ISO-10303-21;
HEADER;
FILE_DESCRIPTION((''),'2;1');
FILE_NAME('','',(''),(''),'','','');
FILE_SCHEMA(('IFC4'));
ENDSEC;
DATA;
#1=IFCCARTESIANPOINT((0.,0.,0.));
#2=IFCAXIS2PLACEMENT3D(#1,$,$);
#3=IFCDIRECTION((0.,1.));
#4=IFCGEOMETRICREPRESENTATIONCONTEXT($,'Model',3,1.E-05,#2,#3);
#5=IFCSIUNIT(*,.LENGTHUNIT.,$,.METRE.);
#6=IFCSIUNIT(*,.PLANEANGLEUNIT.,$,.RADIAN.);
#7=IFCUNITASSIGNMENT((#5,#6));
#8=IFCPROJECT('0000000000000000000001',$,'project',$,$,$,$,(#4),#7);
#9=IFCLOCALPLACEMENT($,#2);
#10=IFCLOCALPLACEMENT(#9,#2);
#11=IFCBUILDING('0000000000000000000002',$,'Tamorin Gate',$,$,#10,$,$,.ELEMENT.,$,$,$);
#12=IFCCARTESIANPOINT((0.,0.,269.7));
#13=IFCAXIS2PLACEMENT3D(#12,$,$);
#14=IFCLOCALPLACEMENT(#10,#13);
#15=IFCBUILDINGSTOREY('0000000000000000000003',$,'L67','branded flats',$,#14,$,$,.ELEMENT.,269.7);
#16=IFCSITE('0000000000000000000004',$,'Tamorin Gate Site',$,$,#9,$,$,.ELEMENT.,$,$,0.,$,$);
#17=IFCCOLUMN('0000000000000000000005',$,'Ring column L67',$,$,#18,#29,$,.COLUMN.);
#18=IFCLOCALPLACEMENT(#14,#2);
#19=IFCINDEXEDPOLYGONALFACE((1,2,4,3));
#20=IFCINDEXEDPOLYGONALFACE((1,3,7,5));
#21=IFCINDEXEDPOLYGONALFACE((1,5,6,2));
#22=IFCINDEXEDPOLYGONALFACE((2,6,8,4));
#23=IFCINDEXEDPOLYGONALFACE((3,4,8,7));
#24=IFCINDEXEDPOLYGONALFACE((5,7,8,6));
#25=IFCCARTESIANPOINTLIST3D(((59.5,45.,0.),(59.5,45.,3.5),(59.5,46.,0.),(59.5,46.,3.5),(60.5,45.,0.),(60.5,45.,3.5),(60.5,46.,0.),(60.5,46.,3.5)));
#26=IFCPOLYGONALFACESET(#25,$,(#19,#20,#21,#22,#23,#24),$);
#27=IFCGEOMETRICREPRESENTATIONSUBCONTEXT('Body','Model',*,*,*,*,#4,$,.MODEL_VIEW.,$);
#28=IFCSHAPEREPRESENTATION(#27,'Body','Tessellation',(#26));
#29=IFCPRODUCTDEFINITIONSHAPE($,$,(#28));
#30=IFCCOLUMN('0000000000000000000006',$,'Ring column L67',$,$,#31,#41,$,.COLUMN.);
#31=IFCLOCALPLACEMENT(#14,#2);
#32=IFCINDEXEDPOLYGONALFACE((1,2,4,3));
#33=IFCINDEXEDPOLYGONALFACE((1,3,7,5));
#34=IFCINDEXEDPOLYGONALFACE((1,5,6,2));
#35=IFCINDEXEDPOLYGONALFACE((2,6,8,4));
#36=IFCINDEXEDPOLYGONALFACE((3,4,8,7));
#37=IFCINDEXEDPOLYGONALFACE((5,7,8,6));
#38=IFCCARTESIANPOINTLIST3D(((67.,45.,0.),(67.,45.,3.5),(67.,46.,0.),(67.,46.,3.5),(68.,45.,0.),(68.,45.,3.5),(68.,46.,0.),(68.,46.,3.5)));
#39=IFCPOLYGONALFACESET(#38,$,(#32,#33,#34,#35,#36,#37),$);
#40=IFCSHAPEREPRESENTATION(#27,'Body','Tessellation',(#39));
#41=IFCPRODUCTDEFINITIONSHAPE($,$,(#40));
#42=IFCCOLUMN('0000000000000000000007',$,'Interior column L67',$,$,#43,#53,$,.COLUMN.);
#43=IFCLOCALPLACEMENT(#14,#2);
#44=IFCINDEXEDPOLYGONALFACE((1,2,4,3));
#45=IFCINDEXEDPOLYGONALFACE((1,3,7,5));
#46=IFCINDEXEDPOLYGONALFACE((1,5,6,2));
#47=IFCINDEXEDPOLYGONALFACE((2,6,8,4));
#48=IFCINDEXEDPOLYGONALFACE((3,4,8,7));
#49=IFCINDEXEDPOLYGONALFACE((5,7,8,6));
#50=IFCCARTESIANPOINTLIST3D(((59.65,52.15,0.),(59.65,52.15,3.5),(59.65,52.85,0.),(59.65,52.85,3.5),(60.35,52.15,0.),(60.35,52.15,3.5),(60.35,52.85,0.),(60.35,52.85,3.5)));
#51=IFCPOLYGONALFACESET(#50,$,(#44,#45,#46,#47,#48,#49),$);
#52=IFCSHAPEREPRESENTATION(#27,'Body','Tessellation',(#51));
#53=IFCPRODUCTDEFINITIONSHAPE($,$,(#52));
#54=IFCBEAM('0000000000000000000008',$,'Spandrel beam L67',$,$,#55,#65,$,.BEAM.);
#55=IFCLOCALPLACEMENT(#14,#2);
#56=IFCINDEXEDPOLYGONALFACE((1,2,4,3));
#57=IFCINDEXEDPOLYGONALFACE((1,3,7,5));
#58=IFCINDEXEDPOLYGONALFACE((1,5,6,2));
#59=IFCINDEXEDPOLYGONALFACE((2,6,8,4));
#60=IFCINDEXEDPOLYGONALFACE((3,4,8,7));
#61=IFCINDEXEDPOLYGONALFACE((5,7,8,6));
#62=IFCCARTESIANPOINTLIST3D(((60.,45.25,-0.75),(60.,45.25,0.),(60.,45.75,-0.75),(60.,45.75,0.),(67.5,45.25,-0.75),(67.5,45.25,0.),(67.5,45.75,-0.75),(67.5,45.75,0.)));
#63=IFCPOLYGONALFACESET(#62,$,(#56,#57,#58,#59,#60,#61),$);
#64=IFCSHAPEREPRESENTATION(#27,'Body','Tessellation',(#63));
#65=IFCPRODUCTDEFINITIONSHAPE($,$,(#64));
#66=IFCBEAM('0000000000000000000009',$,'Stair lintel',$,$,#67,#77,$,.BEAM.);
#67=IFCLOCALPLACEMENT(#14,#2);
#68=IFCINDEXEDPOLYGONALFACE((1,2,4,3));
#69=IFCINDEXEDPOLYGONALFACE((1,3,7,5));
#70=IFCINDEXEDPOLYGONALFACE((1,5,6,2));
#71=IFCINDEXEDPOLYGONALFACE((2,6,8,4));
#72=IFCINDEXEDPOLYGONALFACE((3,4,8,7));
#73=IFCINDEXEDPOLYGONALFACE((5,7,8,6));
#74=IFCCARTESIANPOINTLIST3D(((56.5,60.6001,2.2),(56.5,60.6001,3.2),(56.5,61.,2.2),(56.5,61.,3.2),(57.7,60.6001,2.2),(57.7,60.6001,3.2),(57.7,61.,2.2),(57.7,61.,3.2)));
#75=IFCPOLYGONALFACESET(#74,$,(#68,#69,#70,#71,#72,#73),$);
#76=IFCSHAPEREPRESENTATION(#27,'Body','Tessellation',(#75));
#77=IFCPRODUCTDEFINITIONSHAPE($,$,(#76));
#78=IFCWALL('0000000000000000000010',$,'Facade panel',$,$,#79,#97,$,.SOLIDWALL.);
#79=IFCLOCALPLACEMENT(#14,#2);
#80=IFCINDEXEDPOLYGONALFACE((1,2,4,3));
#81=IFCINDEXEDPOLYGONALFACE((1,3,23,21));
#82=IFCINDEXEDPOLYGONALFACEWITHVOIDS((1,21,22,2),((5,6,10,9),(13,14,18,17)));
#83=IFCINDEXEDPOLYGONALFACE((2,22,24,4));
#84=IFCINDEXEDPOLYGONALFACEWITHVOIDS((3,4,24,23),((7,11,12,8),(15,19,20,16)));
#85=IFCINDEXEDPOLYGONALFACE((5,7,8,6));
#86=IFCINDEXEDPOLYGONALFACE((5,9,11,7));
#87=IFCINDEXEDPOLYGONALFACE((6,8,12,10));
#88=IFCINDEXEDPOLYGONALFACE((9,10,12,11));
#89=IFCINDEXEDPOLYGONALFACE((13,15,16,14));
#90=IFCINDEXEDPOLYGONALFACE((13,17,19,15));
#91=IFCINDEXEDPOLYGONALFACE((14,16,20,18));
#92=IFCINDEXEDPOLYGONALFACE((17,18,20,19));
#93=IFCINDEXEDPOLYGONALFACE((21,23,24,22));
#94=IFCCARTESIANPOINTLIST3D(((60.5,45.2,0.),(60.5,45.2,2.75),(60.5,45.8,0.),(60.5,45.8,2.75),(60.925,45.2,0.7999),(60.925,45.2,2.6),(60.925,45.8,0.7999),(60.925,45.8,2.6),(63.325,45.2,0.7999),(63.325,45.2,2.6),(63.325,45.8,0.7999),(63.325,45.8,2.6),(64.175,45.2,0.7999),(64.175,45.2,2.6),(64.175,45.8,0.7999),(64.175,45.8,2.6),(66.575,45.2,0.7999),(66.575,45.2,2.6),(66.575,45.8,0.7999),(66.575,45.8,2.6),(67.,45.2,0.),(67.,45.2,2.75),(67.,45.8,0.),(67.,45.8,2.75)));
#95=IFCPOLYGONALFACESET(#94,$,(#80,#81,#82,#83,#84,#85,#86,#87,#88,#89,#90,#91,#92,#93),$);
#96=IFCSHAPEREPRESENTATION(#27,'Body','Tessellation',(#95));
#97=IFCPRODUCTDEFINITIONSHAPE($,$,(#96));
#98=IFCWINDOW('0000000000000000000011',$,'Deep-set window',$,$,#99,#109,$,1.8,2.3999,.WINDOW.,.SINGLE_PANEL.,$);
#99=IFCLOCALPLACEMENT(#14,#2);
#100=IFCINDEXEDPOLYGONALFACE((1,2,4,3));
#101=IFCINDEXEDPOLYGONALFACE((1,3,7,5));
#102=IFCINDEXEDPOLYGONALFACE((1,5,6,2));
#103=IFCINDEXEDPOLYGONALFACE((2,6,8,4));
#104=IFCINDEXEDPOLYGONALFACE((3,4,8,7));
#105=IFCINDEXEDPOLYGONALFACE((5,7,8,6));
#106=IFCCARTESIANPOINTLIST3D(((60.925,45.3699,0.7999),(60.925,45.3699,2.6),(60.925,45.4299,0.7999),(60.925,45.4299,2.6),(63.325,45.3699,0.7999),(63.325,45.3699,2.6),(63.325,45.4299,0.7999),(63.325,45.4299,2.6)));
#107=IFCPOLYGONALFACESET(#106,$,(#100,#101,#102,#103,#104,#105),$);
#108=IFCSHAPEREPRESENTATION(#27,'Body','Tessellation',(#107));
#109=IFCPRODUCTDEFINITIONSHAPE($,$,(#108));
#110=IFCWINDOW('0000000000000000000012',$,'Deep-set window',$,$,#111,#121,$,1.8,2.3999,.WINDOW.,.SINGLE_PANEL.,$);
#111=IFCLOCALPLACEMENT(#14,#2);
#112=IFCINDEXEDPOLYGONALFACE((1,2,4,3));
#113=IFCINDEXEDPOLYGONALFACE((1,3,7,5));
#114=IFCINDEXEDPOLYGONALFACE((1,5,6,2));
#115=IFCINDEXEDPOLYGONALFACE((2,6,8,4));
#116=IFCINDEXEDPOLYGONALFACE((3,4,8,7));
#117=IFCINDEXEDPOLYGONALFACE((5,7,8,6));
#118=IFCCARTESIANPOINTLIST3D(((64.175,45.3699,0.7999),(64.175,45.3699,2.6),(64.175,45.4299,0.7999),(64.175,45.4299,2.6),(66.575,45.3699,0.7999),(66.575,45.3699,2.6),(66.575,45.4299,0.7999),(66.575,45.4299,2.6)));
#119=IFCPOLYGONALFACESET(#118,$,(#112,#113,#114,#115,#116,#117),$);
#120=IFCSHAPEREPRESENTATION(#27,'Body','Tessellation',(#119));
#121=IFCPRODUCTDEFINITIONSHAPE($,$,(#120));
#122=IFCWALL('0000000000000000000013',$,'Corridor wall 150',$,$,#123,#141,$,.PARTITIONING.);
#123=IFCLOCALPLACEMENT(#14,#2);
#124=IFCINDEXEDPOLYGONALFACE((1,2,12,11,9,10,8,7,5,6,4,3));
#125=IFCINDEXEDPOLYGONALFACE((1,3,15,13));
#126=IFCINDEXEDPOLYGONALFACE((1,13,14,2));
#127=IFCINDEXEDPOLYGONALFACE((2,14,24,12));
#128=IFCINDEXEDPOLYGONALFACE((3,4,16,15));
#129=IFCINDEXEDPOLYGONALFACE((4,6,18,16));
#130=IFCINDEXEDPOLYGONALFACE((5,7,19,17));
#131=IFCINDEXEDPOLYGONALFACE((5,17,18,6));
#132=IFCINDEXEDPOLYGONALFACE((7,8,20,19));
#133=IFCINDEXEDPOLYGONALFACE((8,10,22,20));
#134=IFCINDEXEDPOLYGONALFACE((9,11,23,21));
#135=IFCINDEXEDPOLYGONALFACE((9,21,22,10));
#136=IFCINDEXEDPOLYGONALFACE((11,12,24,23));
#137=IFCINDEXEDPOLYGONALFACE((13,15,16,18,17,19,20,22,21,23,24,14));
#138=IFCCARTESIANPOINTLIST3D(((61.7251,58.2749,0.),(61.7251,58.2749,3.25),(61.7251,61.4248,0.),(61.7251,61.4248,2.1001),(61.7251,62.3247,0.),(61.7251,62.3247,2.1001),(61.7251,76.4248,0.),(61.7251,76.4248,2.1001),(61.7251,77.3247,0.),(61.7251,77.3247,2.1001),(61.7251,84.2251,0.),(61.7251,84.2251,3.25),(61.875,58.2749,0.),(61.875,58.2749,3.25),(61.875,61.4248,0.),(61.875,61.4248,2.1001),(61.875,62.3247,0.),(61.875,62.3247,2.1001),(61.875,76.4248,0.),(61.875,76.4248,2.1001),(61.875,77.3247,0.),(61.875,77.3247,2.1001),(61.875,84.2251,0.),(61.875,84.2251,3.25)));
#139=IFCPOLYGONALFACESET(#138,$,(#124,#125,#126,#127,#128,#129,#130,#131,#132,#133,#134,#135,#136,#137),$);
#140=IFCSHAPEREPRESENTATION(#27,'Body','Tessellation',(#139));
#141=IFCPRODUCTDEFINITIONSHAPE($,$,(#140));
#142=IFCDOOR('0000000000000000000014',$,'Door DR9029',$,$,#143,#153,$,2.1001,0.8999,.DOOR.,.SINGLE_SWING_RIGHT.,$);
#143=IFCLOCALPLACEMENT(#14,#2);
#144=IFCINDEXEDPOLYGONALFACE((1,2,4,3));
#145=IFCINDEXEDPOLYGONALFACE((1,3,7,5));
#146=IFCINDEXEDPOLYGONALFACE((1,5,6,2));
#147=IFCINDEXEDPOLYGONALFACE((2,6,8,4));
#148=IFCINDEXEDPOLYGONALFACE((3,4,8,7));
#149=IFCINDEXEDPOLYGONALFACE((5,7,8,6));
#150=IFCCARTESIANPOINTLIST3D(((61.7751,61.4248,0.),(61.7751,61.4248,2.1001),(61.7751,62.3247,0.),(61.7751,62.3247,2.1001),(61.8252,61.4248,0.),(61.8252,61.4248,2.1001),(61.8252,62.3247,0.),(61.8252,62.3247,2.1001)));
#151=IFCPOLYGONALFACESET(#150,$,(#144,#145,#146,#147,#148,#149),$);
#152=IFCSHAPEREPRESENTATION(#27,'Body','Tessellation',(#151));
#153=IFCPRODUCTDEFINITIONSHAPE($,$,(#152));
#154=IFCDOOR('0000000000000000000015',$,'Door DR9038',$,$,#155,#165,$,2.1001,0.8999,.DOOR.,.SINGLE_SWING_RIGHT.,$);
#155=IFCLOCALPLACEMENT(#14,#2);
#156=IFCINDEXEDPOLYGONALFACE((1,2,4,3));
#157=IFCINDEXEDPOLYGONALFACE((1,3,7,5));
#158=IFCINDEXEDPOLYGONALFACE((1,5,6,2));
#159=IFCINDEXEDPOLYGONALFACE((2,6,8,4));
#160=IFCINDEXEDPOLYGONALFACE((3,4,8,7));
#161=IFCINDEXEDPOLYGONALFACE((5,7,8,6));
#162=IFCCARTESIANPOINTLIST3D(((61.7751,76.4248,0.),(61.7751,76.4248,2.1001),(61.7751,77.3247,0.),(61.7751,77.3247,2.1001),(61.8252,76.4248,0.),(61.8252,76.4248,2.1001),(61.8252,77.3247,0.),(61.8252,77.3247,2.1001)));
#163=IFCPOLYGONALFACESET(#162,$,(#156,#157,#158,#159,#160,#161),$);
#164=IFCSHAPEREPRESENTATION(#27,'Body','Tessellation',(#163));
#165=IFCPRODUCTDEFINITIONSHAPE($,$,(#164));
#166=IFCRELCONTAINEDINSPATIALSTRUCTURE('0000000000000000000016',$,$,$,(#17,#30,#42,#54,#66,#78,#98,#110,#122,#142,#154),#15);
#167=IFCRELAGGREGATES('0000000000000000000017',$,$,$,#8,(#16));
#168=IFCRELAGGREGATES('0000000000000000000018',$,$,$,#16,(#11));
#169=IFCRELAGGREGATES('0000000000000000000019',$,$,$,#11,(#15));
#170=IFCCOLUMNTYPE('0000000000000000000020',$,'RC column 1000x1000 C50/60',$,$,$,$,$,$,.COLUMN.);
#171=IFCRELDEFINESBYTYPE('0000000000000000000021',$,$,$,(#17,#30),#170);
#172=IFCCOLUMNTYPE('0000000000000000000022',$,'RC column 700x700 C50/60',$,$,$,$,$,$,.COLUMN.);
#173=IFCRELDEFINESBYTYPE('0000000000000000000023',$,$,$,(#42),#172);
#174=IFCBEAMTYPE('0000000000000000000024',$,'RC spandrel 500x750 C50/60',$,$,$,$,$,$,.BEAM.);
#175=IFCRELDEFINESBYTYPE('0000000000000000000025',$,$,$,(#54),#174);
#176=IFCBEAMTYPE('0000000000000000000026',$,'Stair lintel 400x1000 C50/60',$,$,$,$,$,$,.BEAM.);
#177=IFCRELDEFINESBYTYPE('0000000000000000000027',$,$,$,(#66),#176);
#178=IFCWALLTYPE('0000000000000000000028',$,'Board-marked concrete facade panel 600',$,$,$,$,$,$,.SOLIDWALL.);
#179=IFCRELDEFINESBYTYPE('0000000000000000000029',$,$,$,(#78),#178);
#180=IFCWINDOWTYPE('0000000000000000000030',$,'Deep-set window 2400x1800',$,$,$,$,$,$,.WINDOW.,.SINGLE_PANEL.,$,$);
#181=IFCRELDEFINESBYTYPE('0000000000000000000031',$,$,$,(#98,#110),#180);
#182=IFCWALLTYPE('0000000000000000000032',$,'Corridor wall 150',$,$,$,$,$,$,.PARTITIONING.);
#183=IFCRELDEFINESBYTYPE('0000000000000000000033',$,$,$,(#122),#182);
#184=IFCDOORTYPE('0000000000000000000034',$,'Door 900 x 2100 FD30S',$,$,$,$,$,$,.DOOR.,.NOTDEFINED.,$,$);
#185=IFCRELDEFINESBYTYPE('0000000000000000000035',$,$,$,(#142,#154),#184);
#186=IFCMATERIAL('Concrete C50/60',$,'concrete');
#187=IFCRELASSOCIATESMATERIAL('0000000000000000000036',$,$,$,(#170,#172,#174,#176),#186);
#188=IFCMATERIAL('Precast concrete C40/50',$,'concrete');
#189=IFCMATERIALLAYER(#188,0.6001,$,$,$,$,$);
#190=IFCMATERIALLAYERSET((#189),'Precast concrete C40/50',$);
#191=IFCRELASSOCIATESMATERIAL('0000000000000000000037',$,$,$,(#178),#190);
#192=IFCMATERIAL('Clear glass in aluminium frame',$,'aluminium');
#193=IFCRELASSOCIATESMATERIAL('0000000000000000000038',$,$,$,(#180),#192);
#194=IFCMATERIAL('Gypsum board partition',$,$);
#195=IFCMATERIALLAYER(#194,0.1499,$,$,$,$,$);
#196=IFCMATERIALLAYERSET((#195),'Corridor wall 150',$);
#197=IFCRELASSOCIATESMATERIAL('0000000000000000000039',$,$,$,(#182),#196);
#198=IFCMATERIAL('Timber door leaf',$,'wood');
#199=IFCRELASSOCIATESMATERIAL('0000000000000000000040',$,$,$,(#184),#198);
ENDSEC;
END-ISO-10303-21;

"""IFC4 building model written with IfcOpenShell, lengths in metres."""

from ifc_helpers import new_model, si_unit, direction, frame, frame_2d, origin, origin_2d, place, context, subcontext, project, spatial, rectangle, extrude, material, layer, layer_set, material_profile, profile_set, type_object, element, fill, save


model = new_model("IFC4")

# Units and contexts
model_context = context("Model", 3, precision=1e-05, world=origin(), true_north=direction((0.0, 1.0)))
body_context = subcontext(model_context, "Body", "Model", "MODEL_VIEW")
ifc_project = project(units=[si_unit("LENGTHUNIT", "METRE"), si_unit("PLANEANGLEUNIT", "RADIAN")], contexts=[model_context])

# Site, building, storey
site_placement = place(None, origin())
site = spatial("IfcSite", under=ifc_project, at=site_placement, Name="Tamorin Gate Site", CompositionType="ELEMENT", RefElevation=0.0)
building_placement = place(site_placement, origin())
building = spatial("IfcBuilding", under=site, at=building_placement, Name="Tamorin Gate", CompositionType="ELEMENT")
storey_placement = place(building_placement, frame((0.0, 0.0, 269.7)))
storey = spatial("IfcBuildingStorey", under=building, at=storey_placement, Name="L67", Description="branded flats", CompositionType="ELEMENT", Elevation=269.7)

# Columns
ifc_material_1 = material(Name="Concrete C50/60", Category="concrete")
ifc_material_profile_1 = material_profile(ifc_material_1, rectangle(XDim=1.0, YDim=1.0, at=origin_2d()), Name="RC 1000x1000")
ifc_profile_set_1 = profile_set([ifc_material_profile_1], Name="Concrete C50/60")
column_type_1 = type_object("IfcColumnType", Name="RC column 1000x1000 C50/60", PredefinedType="COLUMN", material=ifc_profile_set_1)
for number, where, z_axis, x_axis, name in (
    (1, (60.0, 45.5, 0.0), (0.0, 0.0, 1.0), (1.0, 0.0, 0.0), "Ring column L67"),
    (2, (67.5, 45.5, 0.0), (0.0, 0.0, 1.0), (1.0, 0.0, 0.0), "Ring column L67"),
):
    element("IfcColumn", number, at=place(storey_placement, frame(where, z_axis=z_axis, x_axis=x_axis)), inside=storey, type_object=column_type_1, Name=name, PredefinedType="COLUMN", context=body_context, shape_type="SweptSolid", body=[
        extrude(rectangle(XDim=1.0, YDim=1.0, at=origin_2d()), origin(), (0.0, 0.0, 1.0), 3.5),
    ])
ifc_material_profile_2 = material_profile(ifc_material_1, rectangle(XDim=0.7, YDim=0.7, at=origin_2d()), Name="RC 700x700")
ifc_profile_set_2 = profile_set([ifc_material_profile_2], Name="Concrete C50/60")
column_type_2 = type_object("IfcColumnType", Name="RC column 700x700 C50/60", PredefinedType="COLUMN", material=ifc_profile_set_2)
column_placement = place(storey_placement, frame((60.0, 52.5, 0.0), z_axis=(0.0, 0.0, 1.0), x_axis=(1.0, 0.0, 0.0)))
element("IfcColumn", 3, at=column_placement, inside=storey, type_object=column_type_2, Name="Interior column L67", PredefinedType="COLUMN", context=body_context, shape_type="SweptSolid", body=[
    extrude(rectangle(XDim=0.7, YDim=0.7, at=origin_2d()), origin(), (0.0, 0.0, 1.0), 3.5),
])

# Beams
ifc_material_profile_3 = material_profile(ifc_material_1, rectangle(XDim=0.5, YDim=0.75, at=origin_2d()), Name="RC 500x750")
ifc_profile_set_3 = profile_set([ifc_material_profile_3], Name="Concrete C50/60")
beam_type_1 = type_object("IfcBeamType", Name="RC spandrel 500x750 C50/60", PredefinedType="BEAM", material=ifc_profile_set_3)
beam_1_placement = place(storey_placement, frame((60.0, 45.5, -0.375), z_axis=(1.0, 0.0, 0.0), x_axis=(0.0, 1.0, 0.0)))
element("IfcBeam", 4, at=beam_1_placement, inside=storey, type_object=beam_type_1, Name="Spandrel beam L67", PredefinedType="BEAM", context=body_context, shape_type="SweptSolid", body=[
    extrude(rectangle(XDim=0.5, YDim=0.75, at=origin_2d()), origin(), (0.0, 0.0, 1.0), 7.5),
])
ifc_material_profile_4 = material_profile(ifc_material_1, rectangle(XDim=0.3999, YDim=1.0, at=origin_2d()))
ifc_profile_set_4 = profile_set([ifc_material_profile_4], Name="Concrete C50/60")
beam_type_2 = type_object("IfcBeamType", Name="Stair lintel 400x1000 C50/60", PredefinedType="BEAM", material=ifc_profile_set_4)
beam_2_placement = place(storey_placement, frame((56.5, 60.8, 2.7), z_axis=(1.0, 0.0, 0.0), x_axis=(0.0, 1.0, 0.0)))
element("IfcBeam", 5, at=beam_2_placement, inside=storey, type_object=beam_type_2, Name="Stair lintel", PredefinedType="BEAM", context=body_context, shape_type="SweptSolid", body=[
    extrude(rectangle(XDim=0.3999, YDim=1.0, at=origin_2d()), origin(), (0.0, 0.0, 1.0), 1.2),
])

# Wall, openings, windows
ifc_material_2 = material(Name="Precast concrete C40/50", Category="concrete")
ifc_layer_1 = layer(ifc_material_2, 0.6001)
ifc_layer_set_1 = layer_set([ifc_layer_1], Name="Precast concrete C40/50")
wall_type_1 = type_object("IfcWallType", Name="Board-marked concrete facade panel 600", PredefinedType="SOLIDWALL", material=ifc_layer_set_1)
wall_1_placement = place(storey_placement, frame((60.5, 45.5, 0.0), z_axis=(0.0, 0.0, 1.0), x_axis=(1.0, 0.0, 0.0)))
wall_1 = element("IfcWall", 6, at=wall_1_placement, inside=storey, type_object=wall_type_1, Name="Facade panel", PredefinedType="SOLIDWALL", context=body_context, shape_type="SweptSolid", body=[
    extrude(rectangle(XDim=6.5, YDim=0.6001, at=frame_2d((3.25, 0.0))), origin(), (0.0, 0.0, 1.0), 2.75),
])
opening_1_placement = place(wall_1_placement, frame((0.425, 0.0, 0.8)))
opening_1 = element("IfcOpeningElement", 7, at=opening_1_placement, cuts=wall_1, PredefinedType="OPENING", context=body_context, shape_type="SweptSolid", body=[
    extrude(rectangle(XDim=2.3999, YDim=1.8, at=frame_2d((1.2, 0.8999))), frame((0.0, 0.3101, 0.0), z_axis=(0.0, -1.0, 0.0), x_axis=(1.0, 0.0, 0.0)), (0.0, 0.0, 1.0), 0.6201),
])
opening_2_placement = place(wall_1_placement, frame((3.675, 0.0, 0.8)))
opening_2 = element("IfcOpeningElement", 8, at=opening_2_placement, cuts=wall_1, PredefinedType="OPENING", context=body_context, shape_type="SweptSolid", body=[
    extrude(rectangle(XDim=2.3999, YDim=1.8, at=frame_2d((1.2, 0.8999))), frame((0.0, 0.3101, 0.0), z_axis=(0.0, -1.0, 0.0), x_axis=(1.0, 0.0, 0.0)), (0.0, 0.0, 1.0), 0.6201),
])
ifc_material_3 = material(Name="Clear glass in aluminium frame", Category="aluminium")
window_type = type_object("IfcWindowType", Name="Deep-set window 2400x1800", PartitioningType="SINGLE_PANEL", PredefinedType="WINDOW", material=ifc_material_3)
window_1_placement = place(opening_1_placement, origin())
window_1 = element("IfcWindow", 9, at=window_1_placement, inside=storey, type_object=window_type, Name="Deep-set window", OverallHeight=1.8, OverallWidth=2.3999, PartitioningType="SINGLE_PANEL", PredefinedType="WINDOW", context=body_context, shape_type="SweptSolid", body=[
    extrude(rectangle(XDim=2.3999, YDim=1.8, at=frame_2d((1.2, 0.8999))), frame((0.0, -0.0701, 0.0), z_axis=(0.0, -1.0, 0.0), x_axis=(1.0, 0.0, 0.0)), (0.0, 0.0, 1.0), 0.0601),
])
fill(opening_1, window_1)
window_2_placement = place(opening_2_placement, origin())
window_2 = element("IfcWindow", 10, at=window_2_placement, inside=storey, type_object=window_type, Name="Deep-set window", OverallHeight=1.8, OverallWidth=2.3999, PartitioningType="SINGLE_PANEL", PredefinedType="WINDOW", context=body_context, shape_type="SweptSolid", body=[
    extrude(rectangle(XDim=2.3999, YDim=1.8, at=frame_2d((1.2, 0.8999))), frame((0.0, -0.0701, 0.0), z_axis=(0.0, -1.0, 0.0), x_axis=(1.0, 0.0, 0.0)), (0.0, 0.0, 1.0), 0.0601),
])
fill(opening_2, window_2)

# Wall, openings, doors
ifc_material_4 = material(Name="Gypsum board partition")
ifc_layer_2 = layer(ifc_material_4, 0.1499)
ifc_layer_set_2 = layer_set([ifc_layer_2], Name="Corridor wall 150")
wall_type_2 = type_object("IfcWallType", Name="Corridor wall 150", PredefinedType="PARTITIONING", material=ifc_layer_set_2)
wall_2_placement = place(storey_placement, frame((61.8, 58.2749, 0.0), z_axis=(0.0, 0.0, 1.0), x_axis=(0.0, 1.0, 0.0)))
wall_2 = element("IfcWall", 11, at=wall_2_placement, inside=storey, type_object=wall_type_2, Name="Corridor wall 150", PredefinedType="PARTITIONING", context=body_context, shape_type="SweptSolid", body=[
    extrude(rectangle(XDim=25.9502, YDim=0.1499, at=frame_2d((12.9751, 0.0))), origin(), (0.0, 0.0, 1.0), 3.25),
])
opening_3_placement = place(wall_2_placement, frame((3.1499, 0.0, 0.0)))
opening_3 = element("IfcOpeningElement", 12, at=opening_3_placement, cuts=wall_2, PredefinedType="OPENING", context=body_context, shape_type="SweptSolid", body=[
    extrude(rectangle(XDim=0.8999, YDim=2.1001, at=frame_2d((0.45, 1.05))), frame((0.0, 0.085, 0.0), z_axis=(0.0, -1.0, 0.0), x_axis=(1.0, 0.0, 0.0)), (0.0, 0.0, 1.0), 0.1699),
])
opening_4_placement = place(wall_2_placement, frame((18.1499, 0.0, 0.0)))
opening_4 = element("IfcOpeningElement", 13, at=opening_4_placement, cuts=wall_2, PredefinedType="OPENING", context=body_context, shape_type="SweptSolid", body=[
    extrude(rectangle(XDim=0.8999, YDim=2.1001, at=frame_2d((0.45, 1.05))), frame((0.0, 0.085, 0.0), z_axis=(0.0, -1.0, 0.0), x_axis=(1.0, 0.0, 0.0)), (0.0, 0.0, 1.0), 0.1699),
])
ifc_material_5 = material(Name="Timber door leaf", Category="wood")
door_type_1 = type_object("IfcDoorType", Name="Door 900 x 2100 FD30S", OperationType="NOTDEFINED", PredefinedType="DOOR", material=ifc_material_5)
door_1_placement = place(opening_3_placement, origin())
door_1 = element("IfcDoor", 14, at=door_1_placement, inside=storey, type_object=door_type_1, Name="Door DR9029", OperationType="SINGLE_SWING_RIGHT", OverallHeight=2.1001, OverallWidth=0.8999, PredefinedType="DOOR", context=body_context, shape_type="SweptSolid", body=[
    extrude(rectangle(XDim=0.8999, YDim=2.1001, at=frame_2d((0.45, 1.05))), frame((0.0, 0.0249, 0.0), z_axis=(0.0, -1.0, 0.0), x_axis=(1.0, 0.0, 0.0)), (0.0, 0.0, 1.0), 0.05),
])
fill(opening_3, door_1)
door_2_placement = place(opening_4_placement, origin())
door_2 = element("IfcDoor", 15, at=door_2_placement, inside=storey, type_object=door_type_1, Name="Door DR9038", OperationType="SINGLE_SWING_RIGHT", OverallHeight=2.1001, OverallWidth=0.8999, PredefinedType="DOOR", context=body_context, shape_type="SweptSolid", body=[
    extrude(rectangle(XDim=0.8999, YDim=2.1001, at=frame_2d((0.45, 1.05))), frame((0.0, 0.0249, 0.0), z_axis=(0.0, -1.0, 0.0), x_axis=(1.0, 0.0, 0.0)), (0.0, 0.0, 1.0), 0.05),
])
fill(opening_4, door_2)

save(model, "model.ifc")
